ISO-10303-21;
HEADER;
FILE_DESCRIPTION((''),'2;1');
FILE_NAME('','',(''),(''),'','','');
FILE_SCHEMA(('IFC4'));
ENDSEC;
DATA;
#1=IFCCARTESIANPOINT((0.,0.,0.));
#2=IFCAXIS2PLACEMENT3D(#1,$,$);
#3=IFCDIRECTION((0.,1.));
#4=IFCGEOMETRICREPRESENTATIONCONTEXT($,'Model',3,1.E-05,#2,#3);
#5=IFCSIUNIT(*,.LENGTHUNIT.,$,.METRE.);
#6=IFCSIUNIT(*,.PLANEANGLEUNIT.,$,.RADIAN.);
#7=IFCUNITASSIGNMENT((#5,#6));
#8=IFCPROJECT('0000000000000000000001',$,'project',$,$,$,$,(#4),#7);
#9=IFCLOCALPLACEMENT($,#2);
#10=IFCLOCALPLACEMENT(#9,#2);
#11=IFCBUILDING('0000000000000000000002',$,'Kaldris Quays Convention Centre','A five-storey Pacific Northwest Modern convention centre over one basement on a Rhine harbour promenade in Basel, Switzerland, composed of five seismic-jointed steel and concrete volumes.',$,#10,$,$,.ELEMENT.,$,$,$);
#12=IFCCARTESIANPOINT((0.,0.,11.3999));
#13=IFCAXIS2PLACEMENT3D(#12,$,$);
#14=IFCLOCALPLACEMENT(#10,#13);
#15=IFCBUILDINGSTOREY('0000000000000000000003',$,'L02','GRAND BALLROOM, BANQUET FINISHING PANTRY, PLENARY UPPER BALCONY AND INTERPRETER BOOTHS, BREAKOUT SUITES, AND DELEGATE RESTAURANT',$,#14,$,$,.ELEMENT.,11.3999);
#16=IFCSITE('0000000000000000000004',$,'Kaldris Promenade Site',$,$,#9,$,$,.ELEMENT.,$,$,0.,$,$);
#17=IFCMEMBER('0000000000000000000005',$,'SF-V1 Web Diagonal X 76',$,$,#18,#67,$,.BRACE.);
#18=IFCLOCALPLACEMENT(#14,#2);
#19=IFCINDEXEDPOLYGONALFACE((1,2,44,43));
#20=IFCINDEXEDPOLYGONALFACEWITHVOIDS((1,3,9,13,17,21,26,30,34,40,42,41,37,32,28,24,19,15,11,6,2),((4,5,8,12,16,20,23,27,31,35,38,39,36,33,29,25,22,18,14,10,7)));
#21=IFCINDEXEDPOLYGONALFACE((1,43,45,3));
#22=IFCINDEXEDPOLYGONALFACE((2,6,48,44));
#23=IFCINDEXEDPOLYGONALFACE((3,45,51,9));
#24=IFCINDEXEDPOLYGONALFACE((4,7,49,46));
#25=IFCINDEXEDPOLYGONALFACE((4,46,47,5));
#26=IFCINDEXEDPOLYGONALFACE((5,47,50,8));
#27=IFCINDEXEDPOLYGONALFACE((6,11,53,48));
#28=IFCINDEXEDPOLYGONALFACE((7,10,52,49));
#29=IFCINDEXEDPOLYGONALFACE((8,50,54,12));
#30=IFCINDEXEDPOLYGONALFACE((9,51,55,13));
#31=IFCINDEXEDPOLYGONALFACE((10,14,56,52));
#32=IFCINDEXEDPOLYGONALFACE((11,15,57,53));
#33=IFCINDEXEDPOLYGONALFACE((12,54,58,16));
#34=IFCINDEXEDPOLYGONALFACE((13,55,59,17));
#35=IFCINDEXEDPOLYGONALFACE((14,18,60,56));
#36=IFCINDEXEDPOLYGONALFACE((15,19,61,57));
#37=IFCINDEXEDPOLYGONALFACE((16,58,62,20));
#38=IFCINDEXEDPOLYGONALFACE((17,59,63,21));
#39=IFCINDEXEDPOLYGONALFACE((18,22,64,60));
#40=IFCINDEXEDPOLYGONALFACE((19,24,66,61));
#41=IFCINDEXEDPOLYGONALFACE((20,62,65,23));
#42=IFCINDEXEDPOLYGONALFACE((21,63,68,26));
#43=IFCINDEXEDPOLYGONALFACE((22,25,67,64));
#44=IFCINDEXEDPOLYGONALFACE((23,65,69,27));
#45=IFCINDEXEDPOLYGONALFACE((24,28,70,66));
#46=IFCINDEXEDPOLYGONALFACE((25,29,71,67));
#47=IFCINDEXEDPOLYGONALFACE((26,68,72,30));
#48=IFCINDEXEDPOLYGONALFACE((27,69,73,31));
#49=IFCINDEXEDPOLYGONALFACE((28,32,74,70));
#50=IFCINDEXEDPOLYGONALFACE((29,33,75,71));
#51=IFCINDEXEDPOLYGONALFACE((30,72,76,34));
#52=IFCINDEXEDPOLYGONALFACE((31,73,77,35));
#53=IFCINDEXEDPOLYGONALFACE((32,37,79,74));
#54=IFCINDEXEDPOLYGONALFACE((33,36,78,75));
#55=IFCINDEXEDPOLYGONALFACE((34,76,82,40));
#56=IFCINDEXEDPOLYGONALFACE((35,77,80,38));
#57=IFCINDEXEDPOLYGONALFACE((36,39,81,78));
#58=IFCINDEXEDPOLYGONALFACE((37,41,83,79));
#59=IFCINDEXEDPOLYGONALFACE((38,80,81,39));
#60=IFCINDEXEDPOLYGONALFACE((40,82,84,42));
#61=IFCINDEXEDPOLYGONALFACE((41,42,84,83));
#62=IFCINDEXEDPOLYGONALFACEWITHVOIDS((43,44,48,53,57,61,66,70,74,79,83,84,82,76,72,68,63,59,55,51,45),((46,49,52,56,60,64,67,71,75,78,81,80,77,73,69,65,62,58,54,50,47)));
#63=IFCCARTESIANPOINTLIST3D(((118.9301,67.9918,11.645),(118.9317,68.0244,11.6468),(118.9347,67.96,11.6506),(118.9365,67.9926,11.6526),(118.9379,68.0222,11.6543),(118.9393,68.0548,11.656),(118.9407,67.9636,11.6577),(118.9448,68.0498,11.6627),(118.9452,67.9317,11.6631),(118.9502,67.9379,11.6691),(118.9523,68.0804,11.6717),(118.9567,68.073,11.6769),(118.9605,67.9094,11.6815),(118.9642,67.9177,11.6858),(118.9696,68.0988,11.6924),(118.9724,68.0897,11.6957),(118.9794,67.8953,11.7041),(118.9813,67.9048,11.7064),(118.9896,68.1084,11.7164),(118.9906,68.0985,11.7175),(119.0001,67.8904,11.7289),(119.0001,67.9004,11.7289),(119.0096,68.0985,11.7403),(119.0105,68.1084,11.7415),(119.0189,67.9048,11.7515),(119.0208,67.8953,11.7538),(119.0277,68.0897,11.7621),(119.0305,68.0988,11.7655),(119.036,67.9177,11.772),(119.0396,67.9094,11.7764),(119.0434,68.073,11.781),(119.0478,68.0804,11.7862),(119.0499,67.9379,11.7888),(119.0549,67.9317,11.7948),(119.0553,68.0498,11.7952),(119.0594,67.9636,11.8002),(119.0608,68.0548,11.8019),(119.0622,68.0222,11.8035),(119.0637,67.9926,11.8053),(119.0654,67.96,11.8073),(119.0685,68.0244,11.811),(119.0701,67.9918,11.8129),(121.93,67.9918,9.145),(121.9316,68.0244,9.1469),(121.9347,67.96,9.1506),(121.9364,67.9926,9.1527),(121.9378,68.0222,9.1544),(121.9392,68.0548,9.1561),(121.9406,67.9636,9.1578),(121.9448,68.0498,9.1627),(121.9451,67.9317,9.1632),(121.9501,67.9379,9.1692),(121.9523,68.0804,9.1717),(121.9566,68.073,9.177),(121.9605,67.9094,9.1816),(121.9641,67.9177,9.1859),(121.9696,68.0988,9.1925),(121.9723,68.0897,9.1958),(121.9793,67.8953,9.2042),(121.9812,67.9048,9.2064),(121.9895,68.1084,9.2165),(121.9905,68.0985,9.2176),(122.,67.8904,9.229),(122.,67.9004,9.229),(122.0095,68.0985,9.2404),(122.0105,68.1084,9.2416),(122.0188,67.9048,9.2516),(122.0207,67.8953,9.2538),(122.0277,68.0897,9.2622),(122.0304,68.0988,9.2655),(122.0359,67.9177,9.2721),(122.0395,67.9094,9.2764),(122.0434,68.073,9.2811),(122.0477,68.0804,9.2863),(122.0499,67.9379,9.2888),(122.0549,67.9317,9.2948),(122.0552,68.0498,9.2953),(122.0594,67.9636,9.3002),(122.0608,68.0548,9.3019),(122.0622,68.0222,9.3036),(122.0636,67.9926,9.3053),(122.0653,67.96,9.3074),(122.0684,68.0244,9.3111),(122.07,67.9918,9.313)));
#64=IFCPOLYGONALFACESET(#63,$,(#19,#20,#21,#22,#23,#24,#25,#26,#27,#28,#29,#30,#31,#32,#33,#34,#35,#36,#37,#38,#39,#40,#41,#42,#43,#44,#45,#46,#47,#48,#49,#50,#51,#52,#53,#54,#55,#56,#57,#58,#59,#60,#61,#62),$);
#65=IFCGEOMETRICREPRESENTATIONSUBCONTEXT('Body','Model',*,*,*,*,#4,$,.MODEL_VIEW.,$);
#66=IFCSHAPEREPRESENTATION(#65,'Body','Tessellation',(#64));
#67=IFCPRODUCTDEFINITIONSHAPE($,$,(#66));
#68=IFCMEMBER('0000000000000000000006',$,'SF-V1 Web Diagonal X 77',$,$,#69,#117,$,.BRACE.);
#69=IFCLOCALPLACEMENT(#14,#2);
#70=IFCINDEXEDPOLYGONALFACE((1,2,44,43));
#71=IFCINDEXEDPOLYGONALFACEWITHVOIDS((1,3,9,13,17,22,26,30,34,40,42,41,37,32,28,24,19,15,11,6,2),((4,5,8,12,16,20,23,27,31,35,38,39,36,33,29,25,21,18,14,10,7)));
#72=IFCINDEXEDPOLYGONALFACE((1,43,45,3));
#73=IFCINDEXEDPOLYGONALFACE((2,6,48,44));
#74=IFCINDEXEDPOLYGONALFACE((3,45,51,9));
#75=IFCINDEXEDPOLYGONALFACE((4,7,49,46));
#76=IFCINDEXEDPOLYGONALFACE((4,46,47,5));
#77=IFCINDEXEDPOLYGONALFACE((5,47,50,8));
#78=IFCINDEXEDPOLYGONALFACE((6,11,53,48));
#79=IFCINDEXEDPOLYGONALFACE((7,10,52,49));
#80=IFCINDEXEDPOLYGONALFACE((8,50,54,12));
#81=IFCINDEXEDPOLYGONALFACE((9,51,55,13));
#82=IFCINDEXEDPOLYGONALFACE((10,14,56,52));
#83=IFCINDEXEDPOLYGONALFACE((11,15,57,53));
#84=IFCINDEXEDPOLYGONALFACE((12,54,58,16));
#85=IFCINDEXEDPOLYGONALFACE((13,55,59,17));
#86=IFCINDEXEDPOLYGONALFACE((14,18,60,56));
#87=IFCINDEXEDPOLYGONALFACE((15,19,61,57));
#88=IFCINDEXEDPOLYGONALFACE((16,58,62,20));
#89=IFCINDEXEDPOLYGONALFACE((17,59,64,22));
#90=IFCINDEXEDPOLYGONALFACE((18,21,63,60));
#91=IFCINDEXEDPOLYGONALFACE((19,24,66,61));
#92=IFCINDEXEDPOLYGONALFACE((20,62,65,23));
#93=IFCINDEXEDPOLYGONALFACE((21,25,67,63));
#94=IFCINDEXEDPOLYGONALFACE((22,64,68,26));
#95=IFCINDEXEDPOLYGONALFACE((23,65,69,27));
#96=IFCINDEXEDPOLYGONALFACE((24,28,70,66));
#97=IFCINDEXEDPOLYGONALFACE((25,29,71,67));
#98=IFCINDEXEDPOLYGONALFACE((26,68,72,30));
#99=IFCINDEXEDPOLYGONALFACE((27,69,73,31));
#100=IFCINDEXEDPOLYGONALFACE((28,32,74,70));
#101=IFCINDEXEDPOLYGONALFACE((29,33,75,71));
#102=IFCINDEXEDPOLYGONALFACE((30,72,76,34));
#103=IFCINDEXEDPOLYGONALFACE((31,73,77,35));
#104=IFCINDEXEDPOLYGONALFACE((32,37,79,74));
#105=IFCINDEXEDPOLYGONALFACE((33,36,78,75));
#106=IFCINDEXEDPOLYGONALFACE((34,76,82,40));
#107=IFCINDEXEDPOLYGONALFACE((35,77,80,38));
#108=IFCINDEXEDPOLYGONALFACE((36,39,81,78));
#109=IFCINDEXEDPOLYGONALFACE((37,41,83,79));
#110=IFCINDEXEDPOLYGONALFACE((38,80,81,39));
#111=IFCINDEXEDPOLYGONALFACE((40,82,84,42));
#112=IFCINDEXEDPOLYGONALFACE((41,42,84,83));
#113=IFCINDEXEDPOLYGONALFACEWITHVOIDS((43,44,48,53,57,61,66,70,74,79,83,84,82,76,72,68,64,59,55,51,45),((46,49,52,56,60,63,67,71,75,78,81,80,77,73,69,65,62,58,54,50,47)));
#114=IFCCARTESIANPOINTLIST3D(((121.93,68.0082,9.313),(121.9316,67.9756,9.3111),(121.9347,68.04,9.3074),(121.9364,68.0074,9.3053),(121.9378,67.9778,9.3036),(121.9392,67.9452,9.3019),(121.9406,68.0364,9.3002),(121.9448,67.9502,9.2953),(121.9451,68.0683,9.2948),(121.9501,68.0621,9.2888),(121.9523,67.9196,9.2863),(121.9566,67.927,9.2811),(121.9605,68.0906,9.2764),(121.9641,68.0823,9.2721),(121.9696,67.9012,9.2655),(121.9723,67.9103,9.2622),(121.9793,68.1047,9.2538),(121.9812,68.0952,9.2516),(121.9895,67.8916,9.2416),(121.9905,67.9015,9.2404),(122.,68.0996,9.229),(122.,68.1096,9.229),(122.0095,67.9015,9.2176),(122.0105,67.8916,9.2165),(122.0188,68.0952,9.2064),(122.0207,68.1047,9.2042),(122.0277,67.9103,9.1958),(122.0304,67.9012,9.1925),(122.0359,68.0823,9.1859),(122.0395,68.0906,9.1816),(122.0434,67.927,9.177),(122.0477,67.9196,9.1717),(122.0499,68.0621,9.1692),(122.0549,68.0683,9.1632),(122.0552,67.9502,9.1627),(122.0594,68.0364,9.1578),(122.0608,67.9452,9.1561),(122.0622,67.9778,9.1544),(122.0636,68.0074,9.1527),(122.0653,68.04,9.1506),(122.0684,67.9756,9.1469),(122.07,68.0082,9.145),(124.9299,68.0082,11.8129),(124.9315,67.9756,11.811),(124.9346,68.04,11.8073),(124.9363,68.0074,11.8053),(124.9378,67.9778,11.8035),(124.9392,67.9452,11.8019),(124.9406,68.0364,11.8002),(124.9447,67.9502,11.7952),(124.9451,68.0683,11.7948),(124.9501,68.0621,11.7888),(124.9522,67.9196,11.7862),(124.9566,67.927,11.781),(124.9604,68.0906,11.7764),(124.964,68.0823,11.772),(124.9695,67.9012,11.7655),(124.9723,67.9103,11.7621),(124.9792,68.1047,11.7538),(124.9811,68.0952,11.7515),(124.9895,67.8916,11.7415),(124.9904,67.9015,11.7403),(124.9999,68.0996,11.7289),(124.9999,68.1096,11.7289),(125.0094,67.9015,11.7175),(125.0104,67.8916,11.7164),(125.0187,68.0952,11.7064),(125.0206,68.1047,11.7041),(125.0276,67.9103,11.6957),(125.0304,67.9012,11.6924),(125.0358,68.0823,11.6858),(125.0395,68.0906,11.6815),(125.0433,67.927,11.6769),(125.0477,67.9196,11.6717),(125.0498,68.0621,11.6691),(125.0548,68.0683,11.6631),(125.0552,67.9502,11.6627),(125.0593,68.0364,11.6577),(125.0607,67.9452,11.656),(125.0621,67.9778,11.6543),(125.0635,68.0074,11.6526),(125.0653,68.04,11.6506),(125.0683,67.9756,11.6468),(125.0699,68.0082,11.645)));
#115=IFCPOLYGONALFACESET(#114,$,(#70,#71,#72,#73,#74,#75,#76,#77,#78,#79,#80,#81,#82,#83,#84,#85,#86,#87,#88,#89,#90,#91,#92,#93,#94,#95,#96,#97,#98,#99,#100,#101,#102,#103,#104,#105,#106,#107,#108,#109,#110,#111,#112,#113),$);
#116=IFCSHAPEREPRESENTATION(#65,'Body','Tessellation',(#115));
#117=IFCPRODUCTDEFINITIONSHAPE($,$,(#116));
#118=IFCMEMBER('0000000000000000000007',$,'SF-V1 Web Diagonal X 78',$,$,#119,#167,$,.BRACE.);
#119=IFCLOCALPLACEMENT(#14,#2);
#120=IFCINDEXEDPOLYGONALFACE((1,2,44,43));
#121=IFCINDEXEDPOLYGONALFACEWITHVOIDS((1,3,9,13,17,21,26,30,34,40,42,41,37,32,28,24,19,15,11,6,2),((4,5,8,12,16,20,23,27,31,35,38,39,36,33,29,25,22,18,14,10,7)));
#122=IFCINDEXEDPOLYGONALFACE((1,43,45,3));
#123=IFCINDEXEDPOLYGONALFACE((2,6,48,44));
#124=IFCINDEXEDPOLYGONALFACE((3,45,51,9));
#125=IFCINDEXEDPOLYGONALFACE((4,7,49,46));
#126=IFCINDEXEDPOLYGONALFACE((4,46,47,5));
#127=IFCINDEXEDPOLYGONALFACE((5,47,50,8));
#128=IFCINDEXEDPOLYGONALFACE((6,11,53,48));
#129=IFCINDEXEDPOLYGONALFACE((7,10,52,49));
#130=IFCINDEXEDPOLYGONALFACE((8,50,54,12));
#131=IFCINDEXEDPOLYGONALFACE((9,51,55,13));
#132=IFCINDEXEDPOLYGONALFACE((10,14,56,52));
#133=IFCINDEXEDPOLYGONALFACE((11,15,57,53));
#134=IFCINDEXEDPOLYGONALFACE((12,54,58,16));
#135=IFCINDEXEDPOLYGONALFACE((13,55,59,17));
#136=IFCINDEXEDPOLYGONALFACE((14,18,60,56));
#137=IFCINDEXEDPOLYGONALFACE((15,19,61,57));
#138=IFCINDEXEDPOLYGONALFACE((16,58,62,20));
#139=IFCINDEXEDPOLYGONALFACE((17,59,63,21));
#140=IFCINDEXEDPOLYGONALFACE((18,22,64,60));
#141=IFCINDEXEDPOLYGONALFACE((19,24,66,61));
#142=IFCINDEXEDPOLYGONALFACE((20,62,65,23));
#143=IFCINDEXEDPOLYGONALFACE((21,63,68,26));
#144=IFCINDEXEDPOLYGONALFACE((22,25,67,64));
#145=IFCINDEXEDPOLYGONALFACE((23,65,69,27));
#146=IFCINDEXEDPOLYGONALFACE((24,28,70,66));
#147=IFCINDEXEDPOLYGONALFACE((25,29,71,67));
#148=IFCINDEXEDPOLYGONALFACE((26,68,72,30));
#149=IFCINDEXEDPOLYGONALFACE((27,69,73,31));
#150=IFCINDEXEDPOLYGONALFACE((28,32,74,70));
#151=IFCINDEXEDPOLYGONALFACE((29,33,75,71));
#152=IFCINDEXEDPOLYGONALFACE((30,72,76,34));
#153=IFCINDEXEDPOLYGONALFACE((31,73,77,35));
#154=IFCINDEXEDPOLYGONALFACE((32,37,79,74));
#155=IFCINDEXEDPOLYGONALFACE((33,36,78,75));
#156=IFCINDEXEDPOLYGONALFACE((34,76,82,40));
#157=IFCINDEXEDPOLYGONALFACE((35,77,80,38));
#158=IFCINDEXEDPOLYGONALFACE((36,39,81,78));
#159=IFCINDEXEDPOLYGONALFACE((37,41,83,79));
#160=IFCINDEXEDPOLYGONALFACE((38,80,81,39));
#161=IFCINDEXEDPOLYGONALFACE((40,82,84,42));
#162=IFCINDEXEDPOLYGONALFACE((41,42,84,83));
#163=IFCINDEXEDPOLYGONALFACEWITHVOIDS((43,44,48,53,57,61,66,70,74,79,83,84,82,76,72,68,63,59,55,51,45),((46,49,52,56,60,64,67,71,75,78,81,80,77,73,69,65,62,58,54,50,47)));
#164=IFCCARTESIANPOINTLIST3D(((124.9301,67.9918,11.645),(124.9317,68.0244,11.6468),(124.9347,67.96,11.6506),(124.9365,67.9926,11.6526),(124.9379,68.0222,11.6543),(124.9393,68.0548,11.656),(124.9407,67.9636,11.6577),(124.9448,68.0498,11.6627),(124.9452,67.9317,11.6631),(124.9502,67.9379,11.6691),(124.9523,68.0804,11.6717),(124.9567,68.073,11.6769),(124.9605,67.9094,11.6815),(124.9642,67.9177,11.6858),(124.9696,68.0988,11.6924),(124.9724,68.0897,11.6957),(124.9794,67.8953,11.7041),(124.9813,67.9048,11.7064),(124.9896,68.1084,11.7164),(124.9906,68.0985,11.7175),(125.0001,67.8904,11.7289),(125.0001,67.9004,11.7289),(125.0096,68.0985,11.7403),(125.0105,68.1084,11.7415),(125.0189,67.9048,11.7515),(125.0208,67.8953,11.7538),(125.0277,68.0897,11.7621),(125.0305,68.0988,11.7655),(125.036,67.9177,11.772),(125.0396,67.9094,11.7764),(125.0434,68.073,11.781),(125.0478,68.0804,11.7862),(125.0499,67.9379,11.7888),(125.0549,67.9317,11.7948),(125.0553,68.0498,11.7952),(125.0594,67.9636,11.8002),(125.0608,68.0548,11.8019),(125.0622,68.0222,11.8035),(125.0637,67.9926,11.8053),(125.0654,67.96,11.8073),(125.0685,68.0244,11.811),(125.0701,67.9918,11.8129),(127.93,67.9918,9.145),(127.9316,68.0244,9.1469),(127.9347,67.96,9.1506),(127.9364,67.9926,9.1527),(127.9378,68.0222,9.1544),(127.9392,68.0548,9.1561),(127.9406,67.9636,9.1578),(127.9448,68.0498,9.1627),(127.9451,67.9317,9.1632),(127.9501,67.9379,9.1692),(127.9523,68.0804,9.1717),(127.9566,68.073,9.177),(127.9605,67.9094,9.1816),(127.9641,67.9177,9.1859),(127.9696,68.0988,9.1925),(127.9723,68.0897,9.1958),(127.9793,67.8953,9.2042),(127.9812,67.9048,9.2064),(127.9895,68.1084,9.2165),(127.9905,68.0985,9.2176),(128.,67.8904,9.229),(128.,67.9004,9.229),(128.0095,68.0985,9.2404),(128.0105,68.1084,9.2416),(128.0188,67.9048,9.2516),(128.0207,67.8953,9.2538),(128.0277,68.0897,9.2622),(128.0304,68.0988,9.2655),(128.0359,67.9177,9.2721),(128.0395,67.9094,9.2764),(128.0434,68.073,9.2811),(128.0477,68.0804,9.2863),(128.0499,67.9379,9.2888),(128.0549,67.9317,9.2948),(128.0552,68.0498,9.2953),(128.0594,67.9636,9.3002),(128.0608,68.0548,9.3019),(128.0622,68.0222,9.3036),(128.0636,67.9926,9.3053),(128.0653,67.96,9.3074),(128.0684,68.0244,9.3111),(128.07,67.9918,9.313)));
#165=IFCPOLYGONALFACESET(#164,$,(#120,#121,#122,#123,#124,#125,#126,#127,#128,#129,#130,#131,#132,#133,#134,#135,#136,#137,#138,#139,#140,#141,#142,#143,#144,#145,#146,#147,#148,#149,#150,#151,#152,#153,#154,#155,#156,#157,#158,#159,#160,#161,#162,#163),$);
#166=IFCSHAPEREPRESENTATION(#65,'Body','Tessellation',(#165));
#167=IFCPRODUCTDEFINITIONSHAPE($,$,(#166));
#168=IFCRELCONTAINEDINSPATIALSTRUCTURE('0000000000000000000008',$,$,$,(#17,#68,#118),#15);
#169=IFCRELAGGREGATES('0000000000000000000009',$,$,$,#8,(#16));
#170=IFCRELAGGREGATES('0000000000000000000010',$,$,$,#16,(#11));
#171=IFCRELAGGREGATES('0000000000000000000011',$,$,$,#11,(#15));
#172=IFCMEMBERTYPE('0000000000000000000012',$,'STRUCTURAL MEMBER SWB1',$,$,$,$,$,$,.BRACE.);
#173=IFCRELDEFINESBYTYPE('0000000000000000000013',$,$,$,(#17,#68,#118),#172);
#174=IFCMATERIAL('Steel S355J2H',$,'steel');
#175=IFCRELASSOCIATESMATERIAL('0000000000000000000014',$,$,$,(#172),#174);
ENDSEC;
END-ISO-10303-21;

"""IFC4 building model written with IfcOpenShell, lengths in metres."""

from ifc_helpers import new_model, si_unit, direction, frame, origin, origin_2d, place, context, subcontext, project, spatial, hollow_circle, extrude, material, material_profile, profile_set, type_object, element, save


model = new_model("IFC4")

# Units and contexts
model_context = context("Model", 3, precision=1e-05, world=origin(), true_north=direction((0.0, 1.0)))
body_context = subcontext(model_context, "Body", "Model", "MODEL_VIEW")
ifc_project = project(units=[si_unit("LENGTHUNIT", "METRE"), si_unit("PLANEANGLEUNIT", "RADIAN")], contexts=[model_context])

# Site, building, storey
site_placement = place(None, origin())
site = spatial("IfcSite", under=ifc_project, at=site_placement, Name="Kaldris Promenade Site", CompositionType="ELEMENT", RefElevation=0.0)
building_placement = place(site_placement, origin())
building = spatial("IfcBuilding", under=site, at=building_placement, Name="Kaldris Quays Convention Centre", Description="A five-storey Pacific Northwest Modern convention centre over one basement on a Rhine harbour promenade in Basel, Switzerland, composed of five seismic-jointed steel and concrete volumes.", CompositionType="ELEMENT")
storey_placement = place(building_placement, frame((0.0, 0.0, 11.3999)))
storey = spatial("IfcBuildingStorey", under=building, at=storey_placement, Name="L02", Description="GRAND BALLROOM, BANQUET FINISHING PANTRY, PLENARY UPPER BALCONY AND INTERPRETER BOOTHS, BREAKOUT SUITES, AND DELEGATE RESTAURANT", CompositionType="ELEMENT", Elevation=11.3999)

# Members
ifc_material_1 = material(Name="Steel S355J2H", Category="steel")
ifc_material_profile_1 = material_profile(ifc_material_1, hollow_circle(Radius=0.1096, WallThickness=0.01, at=origin_2d()), Name="CHS 219.1x10")
ifc_profile_set_1 = profile_set([ifc_material_profile_1], Name="Steel S355J2H")
member_type_1 = type_object("IfcMemberType", Name="STRUCTURAL MEMBER SWB1", PredefinedType="BRACE", material=ifc_profile_set_1)
for number, where, z_axis, x_axis, name in (
    (1, (122.0, 68.0, 9.229), (-0.768221, 0.0, 0.640184), (0.0, -1.0, 0.0), "SF-V1 Web Diagonal X 76"),
    (2, (122.0, 68.0, 9.229), (0.768221, 0.0, 0.640184), (0.0, 1.0, 0.0), "SF-V1 Web Diagonal X 77"),
    (3, (128.0, 68.0, 9.229), (-0.768221, 0.0, 0.640184), (0.0, -1.0, 0.0), "SF-V1 Web Diagonal X 78"),
):
    element("IfcMember", number, at=place(storey_placement, frame(where, z_axis=z_axis, x_axis=x_axis)), inside=storey, type_object=member_type_1, Name=name, PredefinedType="BRACE", context=body_context, shape_type="SweptSolid", body=[
        extrude(hollow_circle(Radius=0.1096, WallThickness=0.01, at=origin_2d()), origin(), (0.0, 0.0, 1.0), 3.905),
    ])

save(model, "model.ifc")
